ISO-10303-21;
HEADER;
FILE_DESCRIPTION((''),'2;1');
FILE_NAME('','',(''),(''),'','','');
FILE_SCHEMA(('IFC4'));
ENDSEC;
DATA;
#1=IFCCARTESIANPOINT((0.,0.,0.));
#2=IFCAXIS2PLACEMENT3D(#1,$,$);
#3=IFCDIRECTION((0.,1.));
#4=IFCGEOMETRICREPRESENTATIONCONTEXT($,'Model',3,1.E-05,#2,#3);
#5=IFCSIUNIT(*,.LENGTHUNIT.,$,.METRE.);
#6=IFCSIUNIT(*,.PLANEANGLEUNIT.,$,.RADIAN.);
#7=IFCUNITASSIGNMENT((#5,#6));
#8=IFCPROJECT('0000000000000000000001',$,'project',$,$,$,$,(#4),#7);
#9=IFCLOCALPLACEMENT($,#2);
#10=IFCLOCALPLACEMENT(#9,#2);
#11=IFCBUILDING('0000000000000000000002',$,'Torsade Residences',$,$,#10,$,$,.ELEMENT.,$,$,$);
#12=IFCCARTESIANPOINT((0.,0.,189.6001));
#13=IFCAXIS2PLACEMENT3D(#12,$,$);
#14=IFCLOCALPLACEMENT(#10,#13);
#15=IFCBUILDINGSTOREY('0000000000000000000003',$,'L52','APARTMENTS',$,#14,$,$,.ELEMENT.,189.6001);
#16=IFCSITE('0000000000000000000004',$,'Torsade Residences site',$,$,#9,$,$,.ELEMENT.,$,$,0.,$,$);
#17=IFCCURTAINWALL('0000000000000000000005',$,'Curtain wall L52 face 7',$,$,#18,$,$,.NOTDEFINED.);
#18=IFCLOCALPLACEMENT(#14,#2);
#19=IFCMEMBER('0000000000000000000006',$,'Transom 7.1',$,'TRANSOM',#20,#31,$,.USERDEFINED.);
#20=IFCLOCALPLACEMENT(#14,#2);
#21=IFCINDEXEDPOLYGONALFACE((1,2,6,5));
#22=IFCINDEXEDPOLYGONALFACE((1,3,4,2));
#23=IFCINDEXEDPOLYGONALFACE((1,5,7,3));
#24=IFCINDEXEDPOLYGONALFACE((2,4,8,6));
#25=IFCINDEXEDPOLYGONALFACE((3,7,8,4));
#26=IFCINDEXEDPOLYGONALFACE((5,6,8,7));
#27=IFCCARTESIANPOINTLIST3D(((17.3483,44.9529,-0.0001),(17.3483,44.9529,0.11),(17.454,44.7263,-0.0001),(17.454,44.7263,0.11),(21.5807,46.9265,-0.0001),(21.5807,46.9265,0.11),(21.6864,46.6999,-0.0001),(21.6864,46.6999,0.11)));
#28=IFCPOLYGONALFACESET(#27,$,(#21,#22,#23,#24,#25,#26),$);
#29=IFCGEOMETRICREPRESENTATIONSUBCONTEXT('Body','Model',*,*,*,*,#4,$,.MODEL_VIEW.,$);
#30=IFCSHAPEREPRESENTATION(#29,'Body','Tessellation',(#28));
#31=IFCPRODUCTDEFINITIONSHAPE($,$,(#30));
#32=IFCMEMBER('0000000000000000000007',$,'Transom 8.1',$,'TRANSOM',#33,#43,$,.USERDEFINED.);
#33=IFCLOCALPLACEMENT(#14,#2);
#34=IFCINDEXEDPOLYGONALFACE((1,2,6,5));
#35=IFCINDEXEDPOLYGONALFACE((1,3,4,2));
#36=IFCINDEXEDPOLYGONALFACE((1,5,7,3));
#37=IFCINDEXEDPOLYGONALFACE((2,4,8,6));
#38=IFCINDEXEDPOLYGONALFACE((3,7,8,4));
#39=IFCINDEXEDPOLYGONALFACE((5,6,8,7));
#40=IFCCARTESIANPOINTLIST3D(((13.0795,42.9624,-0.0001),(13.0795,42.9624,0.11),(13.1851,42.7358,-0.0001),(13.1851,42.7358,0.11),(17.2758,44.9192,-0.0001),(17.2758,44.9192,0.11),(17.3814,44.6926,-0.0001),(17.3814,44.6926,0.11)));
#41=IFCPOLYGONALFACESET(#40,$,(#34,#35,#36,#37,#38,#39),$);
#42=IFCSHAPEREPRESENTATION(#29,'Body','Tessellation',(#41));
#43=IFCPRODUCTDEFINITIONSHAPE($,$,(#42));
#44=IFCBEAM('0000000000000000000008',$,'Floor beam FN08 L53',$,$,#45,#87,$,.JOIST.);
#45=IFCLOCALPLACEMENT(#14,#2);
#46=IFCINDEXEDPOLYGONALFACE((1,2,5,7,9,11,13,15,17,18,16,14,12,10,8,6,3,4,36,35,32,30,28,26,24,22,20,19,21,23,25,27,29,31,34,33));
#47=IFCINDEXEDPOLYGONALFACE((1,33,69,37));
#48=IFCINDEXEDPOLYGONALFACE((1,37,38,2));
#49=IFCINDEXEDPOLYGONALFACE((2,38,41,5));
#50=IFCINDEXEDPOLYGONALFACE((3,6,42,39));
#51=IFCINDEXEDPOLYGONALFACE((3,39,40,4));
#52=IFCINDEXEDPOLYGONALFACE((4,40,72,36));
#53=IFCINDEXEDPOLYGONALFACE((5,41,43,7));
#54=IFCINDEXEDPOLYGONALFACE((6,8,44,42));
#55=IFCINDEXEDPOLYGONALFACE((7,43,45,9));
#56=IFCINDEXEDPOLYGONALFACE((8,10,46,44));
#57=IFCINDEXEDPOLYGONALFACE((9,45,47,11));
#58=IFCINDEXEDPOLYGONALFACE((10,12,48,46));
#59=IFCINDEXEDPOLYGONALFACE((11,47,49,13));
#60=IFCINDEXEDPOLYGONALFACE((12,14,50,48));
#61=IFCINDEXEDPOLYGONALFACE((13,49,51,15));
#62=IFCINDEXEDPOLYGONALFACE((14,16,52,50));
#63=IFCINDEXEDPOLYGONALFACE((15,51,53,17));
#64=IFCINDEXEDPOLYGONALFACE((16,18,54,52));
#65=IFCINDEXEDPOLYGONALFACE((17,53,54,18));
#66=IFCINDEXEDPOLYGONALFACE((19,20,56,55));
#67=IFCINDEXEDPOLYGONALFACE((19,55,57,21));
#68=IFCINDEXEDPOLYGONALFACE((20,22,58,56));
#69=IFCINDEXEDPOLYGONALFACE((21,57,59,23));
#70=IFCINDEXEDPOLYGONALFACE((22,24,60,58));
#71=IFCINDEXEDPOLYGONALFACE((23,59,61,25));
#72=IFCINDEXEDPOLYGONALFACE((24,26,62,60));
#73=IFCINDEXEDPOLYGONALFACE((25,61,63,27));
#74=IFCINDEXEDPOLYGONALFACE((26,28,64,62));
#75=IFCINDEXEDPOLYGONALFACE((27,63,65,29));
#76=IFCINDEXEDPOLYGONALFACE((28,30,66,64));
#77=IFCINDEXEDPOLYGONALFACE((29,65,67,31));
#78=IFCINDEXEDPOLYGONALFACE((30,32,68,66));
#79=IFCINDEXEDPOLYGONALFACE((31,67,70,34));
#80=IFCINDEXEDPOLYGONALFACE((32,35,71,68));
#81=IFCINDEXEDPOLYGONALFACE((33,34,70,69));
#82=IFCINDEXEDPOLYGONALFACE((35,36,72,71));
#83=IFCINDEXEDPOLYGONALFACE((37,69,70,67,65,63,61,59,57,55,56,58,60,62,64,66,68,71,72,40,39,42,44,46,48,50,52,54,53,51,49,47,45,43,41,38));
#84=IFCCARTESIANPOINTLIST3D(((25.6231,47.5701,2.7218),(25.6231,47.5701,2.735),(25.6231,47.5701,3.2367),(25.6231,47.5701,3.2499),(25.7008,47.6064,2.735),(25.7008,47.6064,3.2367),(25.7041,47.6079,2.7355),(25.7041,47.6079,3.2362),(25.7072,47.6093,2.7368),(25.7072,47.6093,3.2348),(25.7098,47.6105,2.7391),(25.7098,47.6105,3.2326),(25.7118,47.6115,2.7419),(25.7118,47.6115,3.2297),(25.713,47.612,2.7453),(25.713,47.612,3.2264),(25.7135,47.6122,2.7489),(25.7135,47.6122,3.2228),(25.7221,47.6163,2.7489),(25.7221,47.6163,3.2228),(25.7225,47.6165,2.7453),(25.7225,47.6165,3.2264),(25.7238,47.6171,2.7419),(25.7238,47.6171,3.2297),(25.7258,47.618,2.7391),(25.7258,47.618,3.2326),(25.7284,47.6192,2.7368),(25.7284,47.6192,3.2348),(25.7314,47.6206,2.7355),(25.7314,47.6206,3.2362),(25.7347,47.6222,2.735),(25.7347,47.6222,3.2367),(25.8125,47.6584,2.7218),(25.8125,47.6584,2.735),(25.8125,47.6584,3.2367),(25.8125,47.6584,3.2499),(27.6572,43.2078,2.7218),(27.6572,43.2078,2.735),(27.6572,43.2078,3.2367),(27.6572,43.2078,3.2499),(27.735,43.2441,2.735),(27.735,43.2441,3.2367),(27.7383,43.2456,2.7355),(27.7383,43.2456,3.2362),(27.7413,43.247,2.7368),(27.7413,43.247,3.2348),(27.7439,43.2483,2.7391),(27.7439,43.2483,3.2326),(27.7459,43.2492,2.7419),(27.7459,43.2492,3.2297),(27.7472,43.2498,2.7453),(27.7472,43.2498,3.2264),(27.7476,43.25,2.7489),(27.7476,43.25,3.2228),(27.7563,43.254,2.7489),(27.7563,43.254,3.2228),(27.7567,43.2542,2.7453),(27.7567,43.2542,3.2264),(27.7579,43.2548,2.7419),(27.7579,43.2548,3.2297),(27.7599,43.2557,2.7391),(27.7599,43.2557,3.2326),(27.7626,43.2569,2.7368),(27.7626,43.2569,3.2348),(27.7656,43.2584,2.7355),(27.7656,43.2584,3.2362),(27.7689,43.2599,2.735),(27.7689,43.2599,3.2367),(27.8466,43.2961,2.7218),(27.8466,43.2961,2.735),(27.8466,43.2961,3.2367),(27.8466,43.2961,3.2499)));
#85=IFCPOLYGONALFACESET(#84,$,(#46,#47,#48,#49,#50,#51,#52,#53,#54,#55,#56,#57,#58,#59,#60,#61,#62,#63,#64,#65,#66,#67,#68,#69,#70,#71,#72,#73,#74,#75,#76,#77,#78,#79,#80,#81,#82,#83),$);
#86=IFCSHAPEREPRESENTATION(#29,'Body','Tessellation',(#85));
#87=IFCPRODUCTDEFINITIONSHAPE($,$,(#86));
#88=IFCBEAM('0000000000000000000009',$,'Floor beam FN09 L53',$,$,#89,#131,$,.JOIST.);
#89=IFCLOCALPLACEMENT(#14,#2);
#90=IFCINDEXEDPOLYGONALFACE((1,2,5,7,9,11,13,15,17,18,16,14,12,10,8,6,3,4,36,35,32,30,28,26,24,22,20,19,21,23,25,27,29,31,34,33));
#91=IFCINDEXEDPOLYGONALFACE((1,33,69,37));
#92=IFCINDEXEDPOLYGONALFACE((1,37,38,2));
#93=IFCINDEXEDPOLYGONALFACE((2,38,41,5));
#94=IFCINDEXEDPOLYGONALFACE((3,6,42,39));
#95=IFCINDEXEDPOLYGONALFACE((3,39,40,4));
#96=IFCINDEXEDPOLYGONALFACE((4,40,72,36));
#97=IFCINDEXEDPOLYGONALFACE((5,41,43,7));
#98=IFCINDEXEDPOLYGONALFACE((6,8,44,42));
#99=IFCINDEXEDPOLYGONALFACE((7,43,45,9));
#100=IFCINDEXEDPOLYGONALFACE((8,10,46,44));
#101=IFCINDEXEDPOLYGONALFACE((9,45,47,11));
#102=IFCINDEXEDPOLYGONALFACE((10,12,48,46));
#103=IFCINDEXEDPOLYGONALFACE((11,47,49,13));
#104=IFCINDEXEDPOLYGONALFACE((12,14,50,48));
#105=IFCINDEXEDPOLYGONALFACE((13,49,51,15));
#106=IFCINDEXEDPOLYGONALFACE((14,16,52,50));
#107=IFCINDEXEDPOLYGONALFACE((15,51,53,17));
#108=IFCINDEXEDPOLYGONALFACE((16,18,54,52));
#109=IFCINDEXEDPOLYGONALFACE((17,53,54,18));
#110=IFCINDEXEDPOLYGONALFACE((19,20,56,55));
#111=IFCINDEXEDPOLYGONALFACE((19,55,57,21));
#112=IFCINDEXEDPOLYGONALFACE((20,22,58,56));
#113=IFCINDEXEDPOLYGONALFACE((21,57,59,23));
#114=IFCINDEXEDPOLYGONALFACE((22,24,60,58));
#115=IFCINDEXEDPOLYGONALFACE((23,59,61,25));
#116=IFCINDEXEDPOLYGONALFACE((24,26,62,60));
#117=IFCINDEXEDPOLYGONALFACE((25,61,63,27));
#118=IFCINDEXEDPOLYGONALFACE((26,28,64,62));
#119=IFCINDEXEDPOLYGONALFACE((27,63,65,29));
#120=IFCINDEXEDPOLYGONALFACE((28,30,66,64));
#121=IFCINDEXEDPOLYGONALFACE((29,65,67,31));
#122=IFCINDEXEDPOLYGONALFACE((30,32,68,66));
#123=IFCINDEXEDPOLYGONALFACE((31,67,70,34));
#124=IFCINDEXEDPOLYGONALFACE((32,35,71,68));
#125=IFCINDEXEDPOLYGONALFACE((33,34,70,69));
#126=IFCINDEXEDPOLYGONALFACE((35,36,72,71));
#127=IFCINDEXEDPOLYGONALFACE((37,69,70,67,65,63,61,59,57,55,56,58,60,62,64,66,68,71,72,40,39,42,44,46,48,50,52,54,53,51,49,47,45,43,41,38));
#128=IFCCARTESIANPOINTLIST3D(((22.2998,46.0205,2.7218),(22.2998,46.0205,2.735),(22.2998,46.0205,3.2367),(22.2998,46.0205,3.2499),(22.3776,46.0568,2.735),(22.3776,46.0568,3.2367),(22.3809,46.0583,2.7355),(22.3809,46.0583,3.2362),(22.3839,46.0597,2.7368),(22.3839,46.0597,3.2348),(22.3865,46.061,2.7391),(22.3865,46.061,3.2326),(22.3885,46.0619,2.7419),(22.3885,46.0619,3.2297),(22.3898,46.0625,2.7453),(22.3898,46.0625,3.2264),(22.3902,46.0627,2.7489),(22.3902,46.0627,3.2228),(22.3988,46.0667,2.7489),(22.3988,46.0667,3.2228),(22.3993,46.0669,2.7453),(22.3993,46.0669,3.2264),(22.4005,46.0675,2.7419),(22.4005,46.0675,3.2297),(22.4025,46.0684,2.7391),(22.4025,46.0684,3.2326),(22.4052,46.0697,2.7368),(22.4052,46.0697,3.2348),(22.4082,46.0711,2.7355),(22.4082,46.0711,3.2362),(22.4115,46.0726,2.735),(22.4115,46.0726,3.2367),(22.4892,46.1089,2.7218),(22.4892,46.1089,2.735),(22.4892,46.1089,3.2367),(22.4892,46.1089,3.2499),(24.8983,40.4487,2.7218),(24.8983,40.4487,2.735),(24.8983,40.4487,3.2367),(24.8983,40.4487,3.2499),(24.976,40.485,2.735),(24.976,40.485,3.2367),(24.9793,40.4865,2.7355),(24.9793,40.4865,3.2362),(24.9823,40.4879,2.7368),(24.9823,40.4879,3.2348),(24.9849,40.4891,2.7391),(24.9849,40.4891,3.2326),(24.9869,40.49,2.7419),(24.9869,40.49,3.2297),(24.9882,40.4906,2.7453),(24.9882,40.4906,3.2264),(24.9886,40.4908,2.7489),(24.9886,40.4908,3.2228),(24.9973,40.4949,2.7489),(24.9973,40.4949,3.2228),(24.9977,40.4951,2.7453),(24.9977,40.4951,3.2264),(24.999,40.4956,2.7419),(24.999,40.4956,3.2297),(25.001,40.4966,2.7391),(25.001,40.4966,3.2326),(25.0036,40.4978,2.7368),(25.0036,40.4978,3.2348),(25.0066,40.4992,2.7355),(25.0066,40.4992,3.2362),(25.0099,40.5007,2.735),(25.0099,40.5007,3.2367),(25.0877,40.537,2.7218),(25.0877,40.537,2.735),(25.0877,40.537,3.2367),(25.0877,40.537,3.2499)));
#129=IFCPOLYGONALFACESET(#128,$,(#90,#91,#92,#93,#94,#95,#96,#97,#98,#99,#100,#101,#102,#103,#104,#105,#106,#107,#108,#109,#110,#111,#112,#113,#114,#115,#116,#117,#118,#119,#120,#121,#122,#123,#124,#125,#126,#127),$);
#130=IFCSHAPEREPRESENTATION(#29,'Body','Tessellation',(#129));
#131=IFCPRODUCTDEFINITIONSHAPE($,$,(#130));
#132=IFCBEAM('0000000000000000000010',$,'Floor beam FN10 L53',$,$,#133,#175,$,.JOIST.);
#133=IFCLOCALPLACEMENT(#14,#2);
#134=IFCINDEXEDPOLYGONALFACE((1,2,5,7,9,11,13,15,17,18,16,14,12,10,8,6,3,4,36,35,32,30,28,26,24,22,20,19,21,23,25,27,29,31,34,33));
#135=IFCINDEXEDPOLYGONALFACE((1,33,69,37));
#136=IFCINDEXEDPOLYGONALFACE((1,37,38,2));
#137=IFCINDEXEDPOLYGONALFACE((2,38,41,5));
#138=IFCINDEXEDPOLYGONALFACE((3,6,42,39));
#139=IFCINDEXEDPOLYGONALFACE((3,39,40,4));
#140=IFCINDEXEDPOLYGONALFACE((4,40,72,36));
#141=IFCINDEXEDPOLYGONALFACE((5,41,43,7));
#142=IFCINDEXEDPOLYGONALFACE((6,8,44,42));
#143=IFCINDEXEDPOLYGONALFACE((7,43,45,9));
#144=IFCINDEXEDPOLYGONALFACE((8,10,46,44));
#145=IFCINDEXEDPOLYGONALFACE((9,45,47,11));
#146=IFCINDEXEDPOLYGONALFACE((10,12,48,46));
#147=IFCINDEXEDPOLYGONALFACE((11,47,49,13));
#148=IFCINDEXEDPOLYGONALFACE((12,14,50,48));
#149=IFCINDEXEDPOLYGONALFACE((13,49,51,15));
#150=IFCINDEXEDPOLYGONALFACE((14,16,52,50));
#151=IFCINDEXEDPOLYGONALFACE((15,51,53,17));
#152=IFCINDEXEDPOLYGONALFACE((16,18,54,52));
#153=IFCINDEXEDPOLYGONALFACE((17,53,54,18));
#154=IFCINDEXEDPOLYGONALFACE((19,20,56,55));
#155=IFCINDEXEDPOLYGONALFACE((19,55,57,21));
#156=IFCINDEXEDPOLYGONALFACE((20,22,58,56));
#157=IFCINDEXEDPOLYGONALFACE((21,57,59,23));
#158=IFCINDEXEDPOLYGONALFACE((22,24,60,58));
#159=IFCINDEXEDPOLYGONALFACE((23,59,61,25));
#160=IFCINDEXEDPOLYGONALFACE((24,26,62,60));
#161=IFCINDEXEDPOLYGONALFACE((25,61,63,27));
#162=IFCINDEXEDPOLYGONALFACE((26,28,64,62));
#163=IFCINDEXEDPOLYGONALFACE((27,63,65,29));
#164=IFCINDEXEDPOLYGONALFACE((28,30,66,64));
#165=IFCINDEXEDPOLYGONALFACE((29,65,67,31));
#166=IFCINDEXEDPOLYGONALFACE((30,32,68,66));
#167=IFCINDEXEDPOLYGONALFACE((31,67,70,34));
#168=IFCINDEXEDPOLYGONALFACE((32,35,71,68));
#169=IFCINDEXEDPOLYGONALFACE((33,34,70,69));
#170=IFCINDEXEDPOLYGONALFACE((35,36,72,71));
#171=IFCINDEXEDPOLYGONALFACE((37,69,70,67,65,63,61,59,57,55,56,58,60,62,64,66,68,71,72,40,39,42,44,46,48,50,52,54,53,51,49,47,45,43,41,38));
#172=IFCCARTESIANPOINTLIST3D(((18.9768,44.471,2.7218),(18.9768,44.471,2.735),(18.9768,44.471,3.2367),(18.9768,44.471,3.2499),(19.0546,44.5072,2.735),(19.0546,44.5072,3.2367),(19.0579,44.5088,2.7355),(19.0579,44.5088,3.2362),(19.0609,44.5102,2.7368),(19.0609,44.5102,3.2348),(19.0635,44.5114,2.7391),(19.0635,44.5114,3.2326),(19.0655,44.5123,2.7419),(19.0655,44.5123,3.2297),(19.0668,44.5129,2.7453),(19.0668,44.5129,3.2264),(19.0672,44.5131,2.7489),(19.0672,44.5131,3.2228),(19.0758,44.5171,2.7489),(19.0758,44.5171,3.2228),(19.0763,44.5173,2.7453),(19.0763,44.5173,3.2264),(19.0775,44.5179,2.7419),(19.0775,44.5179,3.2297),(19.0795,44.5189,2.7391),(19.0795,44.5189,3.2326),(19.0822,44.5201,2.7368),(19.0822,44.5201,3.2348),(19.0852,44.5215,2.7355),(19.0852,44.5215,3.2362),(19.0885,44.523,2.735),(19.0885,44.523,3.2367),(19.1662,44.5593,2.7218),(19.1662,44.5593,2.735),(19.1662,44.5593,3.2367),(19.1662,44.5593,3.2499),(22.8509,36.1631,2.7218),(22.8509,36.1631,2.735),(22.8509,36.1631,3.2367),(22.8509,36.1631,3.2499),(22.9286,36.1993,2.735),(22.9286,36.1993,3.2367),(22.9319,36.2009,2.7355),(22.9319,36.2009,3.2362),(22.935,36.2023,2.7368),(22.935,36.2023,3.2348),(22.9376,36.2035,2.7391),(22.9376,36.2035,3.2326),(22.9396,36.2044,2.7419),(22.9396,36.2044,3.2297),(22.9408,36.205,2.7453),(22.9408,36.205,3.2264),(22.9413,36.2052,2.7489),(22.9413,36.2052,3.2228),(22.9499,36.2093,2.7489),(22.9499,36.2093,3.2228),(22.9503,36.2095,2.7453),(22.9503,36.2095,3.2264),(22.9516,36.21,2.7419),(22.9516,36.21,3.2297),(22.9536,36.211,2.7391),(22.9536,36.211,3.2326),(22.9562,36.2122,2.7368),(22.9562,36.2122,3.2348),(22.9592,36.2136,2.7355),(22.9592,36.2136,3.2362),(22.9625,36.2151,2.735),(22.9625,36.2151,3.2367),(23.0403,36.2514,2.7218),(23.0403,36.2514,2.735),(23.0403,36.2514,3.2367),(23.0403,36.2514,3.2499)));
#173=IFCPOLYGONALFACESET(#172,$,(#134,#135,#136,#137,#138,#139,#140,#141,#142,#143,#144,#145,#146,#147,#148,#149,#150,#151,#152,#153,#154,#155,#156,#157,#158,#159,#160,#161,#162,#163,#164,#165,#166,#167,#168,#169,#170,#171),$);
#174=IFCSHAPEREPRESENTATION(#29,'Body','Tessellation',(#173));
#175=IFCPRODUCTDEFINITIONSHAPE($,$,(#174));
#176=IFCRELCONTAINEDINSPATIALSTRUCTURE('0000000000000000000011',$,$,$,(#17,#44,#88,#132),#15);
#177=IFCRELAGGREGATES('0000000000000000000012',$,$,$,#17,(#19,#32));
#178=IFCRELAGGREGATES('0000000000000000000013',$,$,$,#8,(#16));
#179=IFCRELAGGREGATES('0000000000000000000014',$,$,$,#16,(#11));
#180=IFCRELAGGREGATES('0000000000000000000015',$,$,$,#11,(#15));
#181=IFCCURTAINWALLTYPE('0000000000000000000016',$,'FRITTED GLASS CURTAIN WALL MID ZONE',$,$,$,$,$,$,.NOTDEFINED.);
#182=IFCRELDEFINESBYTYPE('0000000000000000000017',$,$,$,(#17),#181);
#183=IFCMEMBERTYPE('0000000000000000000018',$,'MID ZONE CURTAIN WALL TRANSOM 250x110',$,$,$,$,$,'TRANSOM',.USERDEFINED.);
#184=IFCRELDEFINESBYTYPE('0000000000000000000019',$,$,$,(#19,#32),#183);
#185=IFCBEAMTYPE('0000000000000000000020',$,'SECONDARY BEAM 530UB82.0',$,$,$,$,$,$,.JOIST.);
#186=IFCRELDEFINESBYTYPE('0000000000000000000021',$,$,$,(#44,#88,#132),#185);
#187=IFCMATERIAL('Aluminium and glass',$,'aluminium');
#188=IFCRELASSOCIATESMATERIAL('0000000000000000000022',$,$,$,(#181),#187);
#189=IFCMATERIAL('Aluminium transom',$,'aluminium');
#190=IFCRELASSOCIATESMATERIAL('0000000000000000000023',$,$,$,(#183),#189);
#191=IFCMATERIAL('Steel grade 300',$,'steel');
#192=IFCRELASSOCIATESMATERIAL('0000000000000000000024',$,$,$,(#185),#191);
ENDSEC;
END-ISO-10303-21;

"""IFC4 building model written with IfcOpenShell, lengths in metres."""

from ifc_helpers import new_model, si_unit, direction, frame, origin, origin_2d, place, context, subcontext, project, spatial, rectangle, i_section, extrude, material, material_profile, profile_set, type_object, element, aggregate, save


model = new_model("IFC4")

# Units and contexts
model_context = context("Model", 3, precision=1e-05, world=origin(), true_north=direction((0.0, 1.0)))
body_context = subcontext(model_context, "Body", "Model", "MODEL_VIEW")
ifc_project = project(units=[si_unit("LENGTHUNIT", "METRE"), si_unit("PLANEANGLEUNIT", "RADIAN")], contexts=[model_context])

# Site, building, storey
site_placement = place(None, origin())
site = spatial("IfcSite", under=ifc_project, at=site_placement, Name="Torsade Residences site", CompositionType="ELEMENT", RefElevation=0.0)
building_placement = place(site_placement, origin())
building = spatial("IfcBuilding", under=site, at=building_placement, Name="Torsade Residences", CompositionType="ELEMENT")
storey_placement = place(building_placement, frame((0.0, 0.0, 189.6001)))
storey = spatial("IfcBuildingStorey", under=building, at=storey_placement, Name="L52", Description="APARTMENTS", CompositionType="ELEMENT", Elevation=189.6001)

# Curtain wall, members
ifc_material_1 = material(Name="Aluminium and glass", Category="aluminium")
curtain_wall_type = type_object("IfcCurtainWallType", Name="FRITTED GLASS CURTAIN WALL MID ZONE", PredefinedType="NOTDEFINED", material=ifc_material_1)
curtain_wall_placement = place(storey_placement, origin())
curtain_wall = element("IfcCurtainWall", 1, at=curtain_wall_placement, inside=storey, type_object=curtain_wall_type, Name="Curtain wall L52 face 7", PredefinedType="NOTDEFINED")
ifc_material_2 = material(Name="Aluminium transom", Category="aluminium")
ifc_material_profile_1 = material_profile(ifc_material_2, rectangle(XDim=0.25, YDim=0.1101, at=origin_2d()), Name="MID ZONE CURTAIN WALL TRANSOM 250x110")
ifc_profile_set_1 = profile_set([ifc_material_profile_1], Name="Aluminium transom")
member_type_1 = type_object("IfcMemberType", Name="MID ZONE CURTAIN WALL TRANSOM 250x110", ElementType="TRANSOM", PredefinedType="USERDEFINED", material=ifc_profile_set_1)
member_1_placement = place(storey_placement, frame((21.6335, 46.8132, 0.0549), z_axis=(-0.906306, -0.422622, 0.0), x_axis=(0.422622, -0.906306, 0.0)))
member_1 = element("IfcMember", 2, at=member_1_placement, type_object=member_type_1, Name="Transom 7.1", ObjectType="TRANSOM", PredefinedType="USERDEFINED", context=body_context, shape_type="SweptSolid", body=[
    extrude(rectangle(XDim=0.25, YDim=0.1101, at=origin_2d()), origin(), (0.0, 0.0, 1.0), 4.6699),
])
member_2_placement = place(storey_placement, frame((17.3286, 44.8059, 0.0549), z_axis=(-0.906306, -0.422623, 0.0), x_axis=(0.422623, -0.906306, 0.0)))
member_2 = element("IfcMember", 3, at=member_2_placement, type_object=member_type_1, Name="Transom 8.1", ObjectType="TRANSOM", PredefinedType="USERDEFINED", context=body_context, shape_type="SweptSolid", body=[
    extrude(rectangle(XDim=0.25, YDim=0.1101, at=origin_2d()), origin(), (0.0, 0.0, 1.0), 4.6301),
])

# Beams
ifc_material_3 = material(Name="Steel grade 300", Category="steel")
ifc_material_profile_2 = material_profile(ifc_material_3, i_section(OverallWidth=0.209, OverallDepth=0.5281, WebThickness=0.0095, FlangeThickness=0.0132, FilletRadius=0.0139, at=origin_2d()), Name="530UB82.0")
ifc_profile_set_2 = profile_set([ifc_material_profile_2], Name="Steel grade 300")
beam_type_1 = type_object("IfcBeamType", Name="SECONDARY BEAM 530UB82.0", PredefinedType="JOIST", material=ifc_profile_set_2)
beam_1_placement = place(storey_placement, frame((25.7178, 47.6143, 2.9858), z_axis=(0.422619, -0.906308, 0.0), x_axis=(0.906308, 0.422619, 0.0)))
element("IfcBeam", 4, at=beam_1_placement, inside=storey, type_object=beam_type_1, Name="Floor beam FN08 L53", PredefinedType="JOIST", context=body_context, shape_type="SweptSolid", body=[
    extrude(i_section(OverallWidth=0.209, OverallDepth=0.5281, WebThickness=0.0095, FlangeThickness=0.0132, FilletRadius=0.0139, at=origin_2d()), origin(), (0.0, 0.0, 1.0), 4.8132),
])
beam_2_placement = place(storey_placement, frame((22.3945, 46.0647, 2.9858), z_axis=(0.422648, -0.906294, 0.0), x_axis=(0.906294, 0.422648, 0.0)))
element("IfcBeam", 5, at=beam_2_placement, inside=storey, type_object=beam_type_1, Name="Floor beam FN09 L53", PredefinedType="JOIST", context=body_context, shape_type="SweptSolid", body=[
    extrude(i_section(OverallWidth=0.209, OverallDepth=0.5281, WebThickness=0.0095, FlangeThickness=0.0132, FilletRadius=0.0139, at=origin_2d()), origin(), (0.0, 0.0, 1.0), 6.1479),
])
beam_3_placement = place(storey_placement, frame((19.0715, 44.5151, 2.9858), z_axis=(0.422619, -0.906308, 0.0), x_axis=(0.906308, 0.422619, 0.0)))
element("IfcBeam", 6, at=beam_3_placement, inside=storey, type_object=beam_type_1, Name="Floor beam FN10 L53", PredefinedType="JOIST", context=body_context, shape_type="SweptSolid", body=[
    extrude(i_section(OverallWidth=0.209, OverallDepth=0.5281, WebThickness=0.0095, FlangeThickness=0.0132, FilletRadius=0.0139, at=origin_2d()), origin(), (0.0, 0.0, 1.0), 9.1667),
])

aggregate(curtain_wall, [member_1, member_2])

save(model, "model.ifc")
